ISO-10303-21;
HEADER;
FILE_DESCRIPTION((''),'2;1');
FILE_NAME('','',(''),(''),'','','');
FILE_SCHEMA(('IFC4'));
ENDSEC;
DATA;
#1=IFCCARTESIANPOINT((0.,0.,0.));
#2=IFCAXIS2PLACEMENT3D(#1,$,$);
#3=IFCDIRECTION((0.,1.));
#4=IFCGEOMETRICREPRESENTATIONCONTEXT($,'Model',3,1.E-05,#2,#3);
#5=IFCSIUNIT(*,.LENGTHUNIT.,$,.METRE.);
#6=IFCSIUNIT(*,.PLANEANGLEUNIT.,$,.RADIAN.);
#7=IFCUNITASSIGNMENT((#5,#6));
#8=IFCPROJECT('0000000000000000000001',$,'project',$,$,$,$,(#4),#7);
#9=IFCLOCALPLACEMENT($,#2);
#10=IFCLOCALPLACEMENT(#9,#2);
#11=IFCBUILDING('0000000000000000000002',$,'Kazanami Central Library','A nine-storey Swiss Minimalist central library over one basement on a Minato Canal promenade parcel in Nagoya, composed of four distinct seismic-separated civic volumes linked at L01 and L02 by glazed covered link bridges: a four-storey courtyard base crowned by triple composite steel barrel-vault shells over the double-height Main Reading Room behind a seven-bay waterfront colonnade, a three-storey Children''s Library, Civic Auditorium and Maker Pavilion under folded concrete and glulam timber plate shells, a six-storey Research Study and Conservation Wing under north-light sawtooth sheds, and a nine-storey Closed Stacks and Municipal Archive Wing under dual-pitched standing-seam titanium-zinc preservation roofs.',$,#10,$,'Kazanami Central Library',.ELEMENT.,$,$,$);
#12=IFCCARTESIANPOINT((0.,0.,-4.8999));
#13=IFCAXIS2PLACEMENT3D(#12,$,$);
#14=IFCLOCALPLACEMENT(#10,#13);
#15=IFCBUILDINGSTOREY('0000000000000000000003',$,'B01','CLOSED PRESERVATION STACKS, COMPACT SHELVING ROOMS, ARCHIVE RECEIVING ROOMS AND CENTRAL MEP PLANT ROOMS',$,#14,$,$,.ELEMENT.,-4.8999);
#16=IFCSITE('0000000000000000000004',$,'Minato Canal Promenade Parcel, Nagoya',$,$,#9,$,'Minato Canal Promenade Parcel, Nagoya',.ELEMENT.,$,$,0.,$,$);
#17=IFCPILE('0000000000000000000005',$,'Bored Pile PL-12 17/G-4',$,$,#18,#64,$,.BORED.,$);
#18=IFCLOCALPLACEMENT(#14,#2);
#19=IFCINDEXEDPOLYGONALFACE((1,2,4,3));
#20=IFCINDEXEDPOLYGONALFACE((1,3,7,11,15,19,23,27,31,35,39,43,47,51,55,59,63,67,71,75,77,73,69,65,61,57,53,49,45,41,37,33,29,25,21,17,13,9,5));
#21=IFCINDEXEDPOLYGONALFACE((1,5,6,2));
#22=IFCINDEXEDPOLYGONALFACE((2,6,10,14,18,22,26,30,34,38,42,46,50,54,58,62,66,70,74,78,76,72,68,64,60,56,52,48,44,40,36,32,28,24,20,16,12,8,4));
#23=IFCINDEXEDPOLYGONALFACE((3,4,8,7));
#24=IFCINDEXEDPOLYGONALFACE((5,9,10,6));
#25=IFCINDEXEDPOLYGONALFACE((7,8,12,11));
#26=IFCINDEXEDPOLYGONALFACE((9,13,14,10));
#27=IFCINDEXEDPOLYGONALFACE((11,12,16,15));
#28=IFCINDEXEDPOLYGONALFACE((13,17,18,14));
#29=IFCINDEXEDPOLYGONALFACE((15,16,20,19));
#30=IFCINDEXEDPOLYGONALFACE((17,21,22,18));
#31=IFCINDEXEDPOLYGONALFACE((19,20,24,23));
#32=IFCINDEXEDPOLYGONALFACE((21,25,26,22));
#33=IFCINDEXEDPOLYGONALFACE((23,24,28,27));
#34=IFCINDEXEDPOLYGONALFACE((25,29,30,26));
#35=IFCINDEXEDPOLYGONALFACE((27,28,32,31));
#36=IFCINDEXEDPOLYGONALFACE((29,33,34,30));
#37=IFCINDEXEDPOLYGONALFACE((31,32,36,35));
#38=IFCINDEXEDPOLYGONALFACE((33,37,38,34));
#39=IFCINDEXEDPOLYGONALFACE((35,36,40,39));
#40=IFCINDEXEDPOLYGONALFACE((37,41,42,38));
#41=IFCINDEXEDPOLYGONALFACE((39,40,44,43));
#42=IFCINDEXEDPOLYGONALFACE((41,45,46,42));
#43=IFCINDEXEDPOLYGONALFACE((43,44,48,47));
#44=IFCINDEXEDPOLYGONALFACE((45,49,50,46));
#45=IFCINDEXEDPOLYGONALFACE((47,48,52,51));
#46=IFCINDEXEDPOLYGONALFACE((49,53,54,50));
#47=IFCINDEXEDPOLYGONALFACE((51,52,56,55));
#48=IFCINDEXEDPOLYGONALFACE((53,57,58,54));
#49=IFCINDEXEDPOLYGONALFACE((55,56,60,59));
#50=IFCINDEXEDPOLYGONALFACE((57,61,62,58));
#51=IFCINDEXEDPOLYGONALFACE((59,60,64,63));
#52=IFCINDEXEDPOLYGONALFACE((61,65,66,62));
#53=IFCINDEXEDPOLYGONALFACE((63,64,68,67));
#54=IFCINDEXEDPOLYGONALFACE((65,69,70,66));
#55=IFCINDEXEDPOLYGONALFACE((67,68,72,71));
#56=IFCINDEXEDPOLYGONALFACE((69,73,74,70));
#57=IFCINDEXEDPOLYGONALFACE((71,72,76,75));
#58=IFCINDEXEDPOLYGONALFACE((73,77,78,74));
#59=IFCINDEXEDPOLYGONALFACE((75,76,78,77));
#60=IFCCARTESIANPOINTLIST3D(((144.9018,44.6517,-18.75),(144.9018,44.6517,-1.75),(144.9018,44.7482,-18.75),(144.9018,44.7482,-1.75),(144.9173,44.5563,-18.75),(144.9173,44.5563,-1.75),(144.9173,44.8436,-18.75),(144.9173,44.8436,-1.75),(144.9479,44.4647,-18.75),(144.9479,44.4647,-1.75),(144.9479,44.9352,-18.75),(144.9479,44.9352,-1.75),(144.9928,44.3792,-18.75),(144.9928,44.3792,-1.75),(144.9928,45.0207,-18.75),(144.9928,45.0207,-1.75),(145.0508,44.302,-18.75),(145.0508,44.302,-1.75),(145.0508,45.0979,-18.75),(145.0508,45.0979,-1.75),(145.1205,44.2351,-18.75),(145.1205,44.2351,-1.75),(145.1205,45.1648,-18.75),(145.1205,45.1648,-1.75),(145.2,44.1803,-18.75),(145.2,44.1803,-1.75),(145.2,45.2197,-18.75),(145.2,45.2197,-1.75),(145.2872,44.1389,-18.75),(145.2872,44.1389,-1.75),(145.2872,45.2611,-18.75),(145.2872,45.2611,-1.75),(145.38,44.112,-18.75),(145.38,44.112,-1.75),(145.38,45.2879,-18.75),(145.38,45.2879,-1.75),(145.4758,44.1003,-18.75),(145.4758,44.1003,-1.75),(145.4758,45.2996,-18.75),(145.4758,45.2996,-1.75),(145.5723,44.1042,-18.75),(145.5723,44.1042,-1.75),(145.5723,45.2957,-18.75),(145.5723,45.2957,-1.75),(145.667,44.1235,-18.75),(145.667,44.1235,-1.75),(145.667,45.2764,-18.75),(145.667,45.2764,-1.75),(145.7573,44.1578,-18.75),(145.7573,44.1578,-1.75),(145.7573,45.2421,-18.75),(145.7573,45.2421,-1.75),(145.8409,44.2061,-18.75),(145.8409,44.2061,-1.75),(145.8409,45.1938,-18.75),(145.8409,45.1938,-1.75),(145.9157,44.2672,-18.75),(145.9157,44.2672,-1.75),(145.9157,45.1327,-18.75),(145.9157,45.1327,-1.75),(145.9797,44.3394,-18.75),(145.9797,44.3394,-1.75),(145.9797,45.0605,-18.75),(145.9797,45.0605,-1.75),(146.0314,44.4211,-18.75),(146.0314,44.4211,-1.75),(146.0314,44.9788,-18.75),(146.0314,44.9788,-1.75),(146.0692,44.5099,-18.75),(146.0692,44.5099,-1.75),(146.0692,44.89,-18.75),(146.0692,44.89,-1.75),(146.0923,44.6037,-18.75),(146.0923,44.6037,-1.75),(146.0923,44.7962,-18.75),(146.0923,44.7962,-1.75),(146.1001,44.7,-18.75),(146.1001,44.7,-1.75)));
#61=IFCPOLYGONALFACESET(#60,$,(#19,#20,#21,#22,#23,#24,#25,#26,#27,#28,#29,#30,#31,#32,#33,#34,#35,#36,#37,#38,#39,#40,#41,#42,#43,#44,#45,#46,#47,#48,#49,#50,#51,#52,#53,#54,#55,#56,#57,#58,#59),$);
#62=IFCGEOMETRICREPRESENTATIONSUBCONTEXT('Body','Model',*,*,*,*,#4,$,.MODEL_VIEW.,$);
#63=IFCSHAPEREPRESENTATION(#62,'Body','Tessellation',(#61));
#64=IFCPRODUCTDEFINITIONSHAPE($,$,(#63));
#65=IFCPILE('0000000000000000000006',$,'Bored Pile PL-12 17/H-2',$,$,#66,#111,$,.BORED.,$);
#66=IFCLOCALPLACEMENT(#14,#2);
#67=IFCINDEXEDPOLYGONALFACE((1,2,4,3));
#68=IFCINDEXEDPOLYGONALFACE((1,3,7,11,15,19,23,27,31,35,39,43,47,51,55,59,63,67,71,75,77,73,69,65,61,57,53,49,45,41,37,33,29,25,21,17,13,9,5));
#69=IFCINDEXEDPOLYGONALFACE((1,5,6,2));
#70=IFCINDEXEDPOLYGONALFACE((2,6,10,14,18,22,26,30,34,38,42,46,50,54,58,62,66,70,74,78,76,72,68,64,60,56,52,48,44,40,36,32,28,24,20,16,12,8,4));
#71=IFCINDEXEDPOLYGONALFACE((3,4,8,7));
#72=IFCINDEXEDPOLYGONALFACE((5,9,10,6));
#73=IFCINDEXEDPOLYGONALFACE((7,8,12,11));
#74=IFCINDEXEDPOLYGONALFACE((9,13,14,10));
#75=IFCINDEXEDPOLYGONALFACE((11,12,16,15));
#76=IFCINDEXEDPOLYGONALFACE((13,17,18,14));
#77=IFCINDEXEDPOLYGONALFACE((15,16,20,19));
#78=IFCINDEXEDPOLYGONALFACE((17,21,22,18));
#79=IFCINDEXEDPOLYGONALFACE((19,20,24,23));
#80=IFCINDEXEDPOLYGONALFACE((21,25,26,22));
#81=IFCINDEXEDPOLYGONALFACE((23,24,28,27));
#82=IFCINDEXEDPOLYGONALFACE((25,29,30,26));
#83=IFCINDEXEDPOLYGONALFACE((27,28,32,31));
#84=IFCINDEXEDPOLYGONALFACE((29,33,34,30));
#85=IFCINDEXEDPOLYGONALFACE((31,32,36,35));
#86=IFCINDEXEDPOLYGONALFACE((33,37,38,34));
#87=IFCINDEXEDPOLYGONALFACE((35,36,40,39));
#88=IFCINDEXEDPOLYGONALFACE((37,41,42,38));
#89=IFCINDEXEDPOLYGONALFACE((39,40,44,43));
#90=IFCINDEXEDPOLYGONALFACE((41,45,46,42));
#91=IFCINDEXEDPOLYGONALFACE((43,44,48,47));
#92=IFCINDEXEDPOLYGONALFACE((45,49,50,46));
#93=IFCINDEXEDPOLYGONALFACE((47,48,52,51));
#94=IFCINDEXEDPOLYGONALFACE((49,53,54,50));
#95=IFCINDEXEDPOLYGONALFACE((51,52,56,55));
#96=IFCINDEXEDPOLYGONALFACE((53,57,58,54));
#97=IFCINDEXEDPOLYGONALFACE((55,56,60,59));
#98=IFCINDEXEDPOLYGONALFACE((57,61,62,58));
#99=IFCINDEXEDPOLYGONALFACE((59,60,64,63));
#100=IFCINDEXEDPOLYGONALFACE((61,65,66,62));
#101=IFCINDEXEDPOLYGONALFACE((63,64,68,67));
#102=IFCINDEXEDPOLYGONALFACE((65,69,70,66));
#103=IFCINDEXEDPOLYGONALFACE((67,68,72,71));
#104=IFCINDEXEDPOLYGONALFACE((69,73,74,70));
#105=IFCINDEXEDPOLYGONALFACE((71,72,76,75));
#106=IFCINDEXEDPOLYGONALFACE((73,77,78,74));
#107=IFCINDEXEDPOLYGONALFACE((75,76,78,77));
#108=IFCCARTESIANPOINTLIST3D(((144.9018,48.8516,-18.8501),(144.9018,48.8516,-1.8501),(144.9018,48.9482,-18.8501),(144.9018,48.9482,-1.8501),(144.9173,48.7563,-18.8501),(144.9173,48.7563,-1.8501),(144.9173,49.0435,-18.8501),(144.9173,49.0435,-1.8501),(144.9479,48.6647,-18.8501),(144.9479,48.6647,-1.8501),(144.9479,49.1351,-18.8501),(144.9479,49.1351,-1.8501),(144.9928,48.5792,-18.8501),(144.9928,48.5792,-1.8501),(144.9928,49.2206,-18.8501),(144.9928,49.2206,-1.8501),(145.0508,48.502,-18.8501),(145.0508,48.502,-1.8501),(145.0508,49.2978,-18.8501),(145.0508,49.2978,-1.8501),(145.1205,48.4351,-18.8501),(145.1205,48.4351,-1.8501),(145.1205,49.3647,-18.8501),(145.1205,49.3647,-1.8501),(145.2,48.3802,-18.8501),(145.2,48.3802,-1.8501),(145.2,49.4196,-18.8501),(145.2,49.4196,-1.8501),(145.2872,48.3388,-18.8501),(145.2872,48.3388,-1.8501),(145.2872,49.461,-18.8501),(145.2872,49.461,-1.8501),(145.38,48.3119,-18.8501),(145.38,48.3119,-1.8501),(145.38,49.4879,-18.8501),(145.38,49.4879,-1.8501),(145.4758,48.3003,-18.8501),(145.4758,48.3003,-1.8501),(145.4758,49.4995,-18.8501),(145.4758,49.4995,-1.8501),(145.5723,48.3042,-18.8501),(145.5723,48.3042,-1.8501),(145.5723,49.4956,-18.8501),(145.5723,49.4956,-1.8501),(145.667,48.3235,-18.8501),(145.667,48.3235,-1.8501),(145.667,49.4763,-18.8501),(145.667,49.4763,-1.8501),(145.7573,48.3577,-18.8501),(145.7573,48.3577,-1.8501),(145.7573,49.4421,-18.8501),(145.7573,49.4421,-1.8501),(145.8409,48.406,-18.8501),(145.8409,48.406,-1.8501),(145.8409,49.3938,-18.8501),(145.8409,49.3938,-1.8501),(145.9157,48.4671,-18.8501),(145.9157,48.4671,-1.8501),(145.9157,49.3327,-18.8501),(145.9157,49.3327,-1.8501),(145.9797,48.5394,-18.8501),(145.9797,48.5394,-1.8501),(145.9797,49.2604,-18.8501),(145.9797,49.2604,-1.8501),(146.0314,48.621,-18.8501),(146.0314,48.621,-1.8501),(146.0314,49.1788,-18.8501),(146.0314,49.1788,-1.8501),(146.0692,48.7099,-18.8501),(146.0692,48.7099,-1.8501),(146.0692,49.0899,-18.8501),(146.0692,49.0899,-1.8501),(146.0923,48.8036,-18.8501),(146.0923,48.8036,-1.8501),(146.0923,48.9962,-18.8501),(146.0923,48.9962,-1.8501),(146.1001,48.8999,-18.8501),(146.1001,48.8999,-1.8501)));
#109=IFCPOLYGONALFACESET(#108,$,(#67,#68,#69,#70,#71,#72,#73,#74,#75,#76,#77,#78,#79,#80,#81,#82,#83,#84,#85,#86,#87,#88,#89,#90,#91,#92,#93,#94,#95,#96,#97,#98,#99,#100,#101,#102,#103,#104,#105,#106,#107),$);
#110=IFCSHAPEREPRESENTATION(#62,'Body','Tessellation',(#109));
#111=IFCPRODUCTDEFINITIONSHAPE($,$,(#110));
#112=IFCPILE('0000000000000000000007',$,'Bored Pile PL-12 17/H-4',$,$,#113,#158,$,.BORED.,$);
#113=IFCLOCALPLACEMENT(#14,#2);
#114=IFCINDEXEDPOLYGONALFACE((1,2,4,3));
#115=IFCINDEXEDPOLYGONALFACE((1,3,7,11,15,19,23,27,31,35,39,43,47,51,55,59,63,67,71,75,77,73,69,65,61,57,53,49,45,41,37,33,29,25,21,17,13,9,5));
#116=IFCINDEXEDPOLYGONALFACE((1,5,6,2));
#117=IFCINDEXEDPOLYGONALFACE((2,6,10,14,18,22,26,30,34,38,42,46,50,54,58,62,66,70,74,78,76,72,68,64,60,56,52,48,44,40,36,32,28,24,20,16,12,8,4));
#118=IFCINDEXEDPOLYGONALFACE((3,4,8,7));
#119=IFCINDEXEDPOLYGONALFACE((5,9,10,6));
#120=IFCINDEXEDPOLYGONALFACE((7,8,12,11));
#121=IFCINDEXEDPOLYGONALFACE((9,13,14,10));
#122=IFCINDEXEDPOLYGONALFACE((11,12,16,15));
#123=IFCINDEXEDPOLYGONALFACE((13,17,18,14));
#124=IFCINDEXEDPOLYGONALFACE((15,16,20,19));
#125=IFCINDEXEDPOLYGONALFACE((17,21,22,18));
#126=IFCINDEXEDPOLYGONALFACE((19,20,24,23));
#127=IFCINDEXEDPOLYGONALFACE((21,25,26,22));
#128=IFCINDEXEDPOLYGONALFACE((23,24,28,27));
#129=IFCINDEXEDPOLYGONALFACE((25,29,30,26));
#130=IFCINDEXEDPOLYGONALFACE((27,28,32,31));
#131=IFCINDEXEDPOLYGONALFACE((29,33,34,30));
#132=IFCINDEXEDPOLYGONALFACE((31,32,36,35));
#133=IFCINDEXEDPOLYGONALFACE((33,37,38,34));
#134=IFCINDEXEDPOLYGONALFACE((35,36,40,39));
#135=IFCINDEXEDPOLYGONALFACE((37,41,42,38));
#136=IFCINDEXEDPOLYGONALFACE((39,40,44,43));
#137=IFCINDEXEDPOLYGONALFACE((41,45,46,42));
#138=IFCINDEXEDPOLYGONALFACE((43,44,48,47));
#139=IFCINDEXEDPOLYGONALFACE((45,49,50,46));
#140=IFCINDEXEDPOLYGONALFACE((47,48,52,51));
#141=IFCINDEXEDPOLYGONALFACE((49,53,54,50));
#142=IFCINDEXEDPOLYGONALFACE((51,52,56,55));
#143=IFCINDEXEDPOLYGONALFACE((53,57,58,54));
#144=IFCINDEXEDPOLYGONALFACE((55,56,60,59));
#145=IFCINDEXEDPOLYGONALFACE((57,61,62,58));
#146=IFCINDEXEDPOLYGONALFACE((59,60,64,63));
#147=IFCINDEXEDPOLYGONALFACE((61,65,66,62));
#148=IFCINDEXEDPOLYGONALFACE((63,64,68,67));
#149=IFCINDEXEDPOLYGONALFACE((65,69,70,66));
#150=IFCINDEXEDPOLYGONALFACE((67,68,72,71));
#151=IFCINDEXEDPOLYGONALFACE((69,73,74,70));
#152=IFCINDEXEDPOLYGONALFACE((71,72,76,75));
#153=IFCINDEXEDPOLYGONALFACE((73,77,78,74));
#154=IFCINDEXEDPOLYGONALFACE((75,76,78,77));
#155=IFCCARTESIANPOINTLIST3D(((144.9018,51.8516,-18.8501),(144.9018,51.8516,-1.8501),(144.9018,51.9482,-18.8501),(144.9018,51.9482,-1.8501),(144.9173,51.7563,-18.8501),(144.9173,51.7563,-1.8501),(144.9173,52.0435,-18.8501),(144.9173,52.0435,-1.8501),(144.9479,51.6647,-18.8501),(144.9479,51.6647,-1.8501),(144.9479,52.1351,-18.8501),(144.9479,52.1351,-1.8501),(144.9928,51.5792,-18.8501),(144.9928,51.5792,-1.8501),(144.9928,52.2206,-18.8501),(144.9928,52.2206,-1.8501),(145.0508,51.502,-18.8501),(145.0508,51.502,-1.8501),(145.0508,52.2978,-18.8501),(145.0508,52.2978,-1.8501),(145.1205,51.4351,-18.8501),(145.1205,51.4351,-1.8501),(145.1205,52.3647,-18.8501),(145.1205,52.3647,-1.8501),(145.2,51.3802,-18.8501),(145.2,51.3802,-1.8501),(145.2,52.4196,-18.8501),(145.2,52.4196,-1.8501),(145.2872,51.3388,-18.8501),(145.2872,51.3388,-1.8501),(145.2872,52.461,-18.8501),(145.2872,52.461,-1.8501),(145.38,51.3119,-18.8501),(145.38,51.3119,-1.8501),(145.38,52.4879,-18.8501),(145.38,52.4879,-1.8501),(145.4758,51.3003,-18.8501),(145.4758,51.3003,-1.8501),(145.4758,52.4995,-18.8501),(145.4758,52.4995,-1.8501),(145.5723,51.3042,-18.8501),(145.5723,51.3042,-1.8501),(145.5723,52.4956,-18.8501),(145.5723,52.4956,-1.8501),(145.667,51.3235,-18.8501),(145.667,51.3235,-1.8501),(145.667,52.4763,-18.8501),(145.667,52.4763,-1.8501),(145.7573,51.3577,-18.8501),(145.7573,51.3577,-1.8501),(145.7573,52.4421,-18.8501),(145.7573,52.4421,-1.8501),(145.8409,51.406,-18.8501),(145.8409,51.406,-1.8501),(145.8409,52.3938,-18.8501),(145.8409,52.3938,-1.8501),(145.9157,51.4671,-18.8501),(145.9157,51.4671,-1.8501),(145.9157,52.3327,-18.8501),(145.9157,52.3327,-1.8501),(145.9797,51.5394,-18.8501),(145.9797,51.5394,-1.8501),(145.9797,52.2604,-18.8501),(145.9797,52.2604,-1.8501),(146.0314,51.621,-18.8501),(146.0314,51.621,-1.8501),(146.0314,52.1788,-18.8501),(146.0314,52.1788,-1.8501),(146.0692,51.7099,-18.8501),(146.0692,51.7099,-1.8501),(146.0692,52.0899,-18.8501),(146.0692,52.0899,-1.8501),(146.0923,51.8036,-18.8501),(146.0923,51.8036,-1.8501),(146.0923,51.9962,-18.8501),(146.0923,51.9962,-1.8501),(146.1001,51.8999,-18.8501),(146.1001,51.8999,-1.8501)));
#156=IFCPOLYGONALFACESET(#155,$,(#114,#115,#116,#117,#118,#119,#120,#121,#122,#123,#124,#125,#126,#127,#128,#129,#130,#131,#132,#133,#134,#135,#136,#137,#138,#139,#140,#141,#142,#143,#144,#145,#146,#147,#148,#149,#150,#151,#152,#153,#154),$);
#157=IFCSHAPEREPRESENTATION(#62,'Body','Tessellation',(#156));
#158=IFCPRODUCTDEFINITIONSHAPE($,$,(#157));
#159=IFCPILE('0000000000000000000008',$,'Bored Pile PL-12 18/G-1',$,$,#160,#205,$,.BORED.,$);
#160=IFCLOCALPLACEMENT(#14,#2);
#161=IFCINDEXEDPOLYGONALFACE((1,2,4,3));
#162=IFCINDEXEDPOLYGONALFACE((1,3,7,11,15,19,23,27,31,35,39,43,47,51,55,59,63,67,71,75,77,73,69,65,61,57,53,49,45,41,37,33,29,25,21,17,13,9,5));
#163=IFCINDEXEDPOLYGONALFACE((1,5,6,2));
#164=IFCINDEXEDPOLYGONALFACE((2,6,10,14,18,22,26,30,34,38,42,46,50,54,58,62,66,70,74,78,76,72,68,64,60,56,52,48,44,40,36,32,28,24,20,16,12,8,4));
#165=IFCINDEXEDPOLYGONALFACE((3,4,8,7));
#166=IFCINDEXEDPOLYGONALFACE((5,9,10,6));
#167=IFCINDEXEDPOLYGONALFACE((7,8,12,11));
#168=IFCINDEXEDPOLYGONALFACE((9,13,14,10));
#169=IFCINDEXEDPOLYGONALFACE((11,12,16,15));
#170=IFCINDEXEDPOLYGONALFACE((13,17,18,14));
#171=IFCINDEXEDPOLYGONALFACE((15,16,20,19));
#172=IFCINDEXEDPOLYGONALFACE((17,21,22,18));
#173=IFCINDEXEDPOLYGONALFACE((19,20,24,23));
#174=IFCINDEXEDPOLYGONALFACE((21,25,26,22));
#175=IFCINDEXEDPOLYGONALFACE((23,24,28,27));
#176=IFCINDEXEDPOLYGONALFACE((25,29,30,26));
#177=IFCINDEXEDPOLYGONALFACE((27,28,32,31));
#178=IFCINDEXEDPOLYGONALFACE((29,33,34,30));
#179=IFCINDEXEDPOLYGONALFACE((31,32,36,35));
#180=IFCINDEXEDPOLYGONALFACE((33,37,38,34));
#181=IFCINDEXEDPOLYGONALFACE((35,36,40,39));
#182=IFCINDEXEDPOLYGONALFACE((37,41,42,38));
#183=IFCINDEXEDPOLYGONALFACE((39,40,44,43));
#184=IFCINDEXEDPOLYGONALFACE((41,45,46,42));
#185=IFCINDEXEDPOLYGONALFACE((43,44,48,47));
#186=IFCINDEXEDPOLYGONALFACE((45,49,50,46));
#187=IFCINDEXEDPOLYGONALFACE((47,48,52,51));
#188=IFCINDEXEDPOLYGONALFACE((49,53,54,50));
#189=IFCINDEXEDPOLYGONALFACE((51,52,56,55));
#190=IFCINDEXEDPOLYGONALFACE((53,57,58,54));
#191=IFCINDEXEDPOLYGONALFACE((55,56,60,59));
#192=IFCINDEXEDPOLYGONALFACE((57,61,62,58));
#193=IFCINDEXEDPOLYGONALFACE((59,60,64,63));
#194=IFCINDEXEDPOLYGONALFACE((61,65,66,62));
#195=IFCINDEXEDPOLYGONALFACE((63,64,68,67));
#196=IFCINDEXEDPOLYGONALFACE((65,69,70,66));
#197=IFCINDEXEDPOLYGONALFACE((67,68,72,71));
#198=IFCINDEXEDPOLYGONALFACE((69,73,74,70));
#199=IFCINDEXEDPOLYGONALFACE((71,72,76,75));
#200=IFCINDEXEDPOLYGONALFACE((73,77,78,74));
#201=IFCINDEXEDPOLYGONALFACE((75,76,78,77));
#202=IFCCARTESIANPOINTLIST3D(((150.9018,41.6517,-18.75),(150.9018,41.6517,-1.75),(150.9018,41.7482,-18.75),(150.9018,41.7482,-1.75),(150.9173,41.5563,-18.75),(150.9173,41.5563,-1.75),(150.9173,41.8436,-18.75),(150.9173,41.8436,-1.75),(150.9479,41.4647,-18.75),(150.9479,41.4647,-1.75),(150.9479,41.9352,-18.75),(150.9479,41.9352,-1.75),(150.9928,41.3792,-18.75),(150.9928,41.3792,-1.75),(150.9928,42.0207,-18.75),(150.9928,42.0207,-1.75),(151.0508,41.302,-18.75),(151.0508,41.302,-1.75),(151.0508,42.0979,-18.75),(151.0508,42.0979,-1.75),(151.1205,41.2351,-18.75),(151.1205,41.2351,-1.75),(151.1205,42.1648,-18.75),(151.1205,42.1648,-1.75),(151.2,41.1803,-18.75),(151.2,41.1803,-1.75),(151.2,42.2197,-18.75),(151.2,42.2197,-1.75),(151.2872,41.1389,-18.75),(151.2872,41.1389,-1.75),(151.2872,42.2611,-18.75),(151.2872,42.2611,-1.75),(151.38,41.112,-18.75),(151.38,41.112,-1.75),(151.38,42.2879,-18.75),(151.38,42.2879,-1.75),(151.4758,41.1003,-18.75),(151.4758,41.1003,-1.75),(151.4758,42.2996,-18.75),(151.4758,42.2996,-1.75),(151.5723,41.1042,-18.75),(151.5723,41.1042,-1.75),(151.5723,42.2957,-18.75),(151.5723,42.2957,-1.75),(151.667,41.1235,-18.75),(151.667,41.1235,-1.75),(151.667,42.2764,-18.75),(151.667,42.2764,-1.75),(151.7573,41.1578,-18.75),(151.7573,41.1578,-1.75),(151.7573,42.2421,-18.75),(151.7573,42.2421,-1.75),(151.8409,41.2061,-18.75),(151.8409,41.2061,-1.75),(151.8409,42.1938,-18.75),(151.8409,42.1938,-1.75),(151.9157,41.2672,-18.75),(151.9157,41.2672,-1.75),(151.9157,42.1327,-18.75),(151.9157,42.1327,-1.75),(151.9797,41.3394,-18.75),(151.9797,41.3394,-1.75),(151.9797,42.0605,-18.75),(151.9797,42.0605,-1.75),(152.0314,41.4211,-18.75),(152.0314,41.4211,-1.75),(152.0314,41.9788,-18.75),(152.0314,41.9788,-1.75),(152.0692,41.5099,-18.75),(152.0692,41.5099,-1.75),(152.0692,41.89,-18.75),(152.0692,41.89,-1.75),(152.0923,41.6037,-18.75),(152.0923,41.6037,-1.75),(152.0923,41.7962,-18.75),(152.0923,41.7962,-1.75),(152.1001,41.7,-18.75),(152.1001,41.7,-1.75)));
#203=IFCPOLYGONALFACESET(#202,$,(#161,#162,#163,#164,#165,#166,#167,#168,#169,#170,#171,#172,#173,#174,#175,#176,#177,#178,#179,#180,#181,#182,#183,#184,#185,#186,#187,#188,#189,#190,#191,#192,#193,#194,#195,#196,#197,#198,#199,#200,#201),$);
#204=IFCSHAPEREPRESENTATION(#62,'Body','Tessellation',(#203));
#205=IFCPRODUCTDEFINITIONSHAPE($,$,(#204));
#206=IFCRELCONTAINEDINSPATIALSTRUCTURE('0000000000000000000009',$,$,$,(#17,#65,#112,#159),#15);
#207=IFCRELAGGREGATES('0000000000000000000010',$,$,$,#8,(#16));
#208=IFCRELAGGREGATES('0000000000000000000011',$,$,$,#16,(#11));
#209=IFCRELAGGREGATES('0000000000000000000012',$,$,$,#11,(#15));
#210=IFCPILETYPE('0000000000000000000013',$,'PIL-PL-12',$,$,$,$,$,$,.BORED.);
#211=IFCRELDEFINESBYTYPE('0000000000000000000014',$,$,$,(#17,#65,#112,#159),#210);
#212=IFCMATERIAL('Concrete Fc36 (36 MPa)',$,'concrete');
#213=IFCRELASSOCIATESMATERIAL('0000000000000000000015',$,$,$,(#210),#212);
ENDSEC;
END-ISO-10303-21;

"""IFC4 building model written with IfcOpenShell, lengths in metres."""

from ifc_helpers import new_model, si_unit, direction, frame, origin, origin_2d, place, context, subcontext, project, spatial, circle, extrude, material, material_profile, profile_set, type_object, element, save


model = new_model("IFC4")

# Units and contexts
model_context = context("Model", 3, precision=1e-05, world=origin(), true_north=direction((0.0, 1.0)))
body_context = subcontext(model_context, "Body", "Model", "MODEL_VIEW")
ifc_project = project(units=[si_unit("LENGTHUNIT", "METRE"), si_unit("PLANEANGLEUNIT", "RADIAN")], contexts=[model_context])

# Site, building, storey
site_placement = place(None, origin())
site = spatial("IfcSite", under=ifc_project, at=site_placement, Name="Minato Canal Promenade Parcel, Nagoya", LongName="Minato Canal Promenade Parcel, Nagoya", CompositionType="ELEMENT", RefElevation=0.0)
building_placement = place(site_placement, origin())
building = spatial("IfcBuilding", under=site, at=building_placement, Name="Kazanami Central Library", Description="A nine-storey Swiss Minimalist central library over one basement on a Minato Canal promenade parcel in Nagoya, composed of four distinct seismic-separated civic volumes linked at L01 and L02 by glazed covered link bridges: a four-storey courtyard base crowned by triple composite steel barrel-vault shells over the double-height Main Reading Room behind a seven-bay waterfront colonnade, a three-storey Children's Library, Civic Auditorium and Maker Pavilion under folded concrete and glulam timber plate shells, a six-storey Research Study and Conservation Wing under north-light sawtooth sheds, and a nine-storey Closed Stacks and Municipal Archive Wing under dual-pitched standing-seam titanium-zinc preservation roofs.", LongName="Kazanami Central Library", CompositionType="ELEMENT")
storey_placement = place(building_placement, frame((0.0, 0.0, -4.8999)))
storey = spatial("IfcBuildingStorey", under=building, at=storey_placement, Name="B01", Description="CLOSED PRESERVATION STACKS, COMPACT SHELVING ROOMS, ARCHIVE RECEIVING ROOMS AND CENTRAL MEP PLANT ROOMS", CompositionType="ELEMENT", Elevation=-4.8999)

# Shared definitions
ifc_material_1 = material(Name="Concrete Fc36 (36 MPa)", Category="concrete")

# Piles
ifc_material_profile_1 = material_profile(ifc_material_1, circle(Radius=0.6001, at=origin_2d()), Name="BORED-D1200")
ifc_profile_set_1 = profile_set([ifc_material_profile_1], Name="Concrete Fc36 (36 MPa)")
pile_type = type_object("IfcPileType", Name="PIL-PL-12", PredefinedType="BORED", material=ifc_profile_set_1)
for number, where, z_axis, x_axis, name in (
    (1, (145.5, 44.7, -1.75), (0.0, 0.0, -1.0), (1.0, 0.0, 0.0), "Bored Pile PL-12 17/G-4"),
    (2, (145.5, 48.8999, -1.8501), (0.0, 0.0, -1.0), (1.0, 0.0, 0.0), "Bored Pile PL-12 17/H-2"),
    (3, (145.5, 51.8999, -1.8501), (0.0, 0.0, -1.0), (1.0, 0.0, 0.0), "Bored Pile PL-12 17/H-4"),
    (4, (151.5, 41.7, -1.75), (0.0, 0.0, -1.0), (1.0, 0.0, 0.0), "Bored Pile PL-12 18/G-1"),
):
    element("IfcPile", number, at=place(storey_placement, frame(where, z_axis=z_axis, x_axis=x_axis)), inside=storey, type_object=pile_type, Name=name, PredefinedType="BORED", context=body_context, shape_type="SweptSolid", body=[
        extrude(circle(Radius=0.6001, at=origin_2d()), origin(), (0.0, 0.0, 1.0), 17.0),
    ])

save(model, "model.ifc")
